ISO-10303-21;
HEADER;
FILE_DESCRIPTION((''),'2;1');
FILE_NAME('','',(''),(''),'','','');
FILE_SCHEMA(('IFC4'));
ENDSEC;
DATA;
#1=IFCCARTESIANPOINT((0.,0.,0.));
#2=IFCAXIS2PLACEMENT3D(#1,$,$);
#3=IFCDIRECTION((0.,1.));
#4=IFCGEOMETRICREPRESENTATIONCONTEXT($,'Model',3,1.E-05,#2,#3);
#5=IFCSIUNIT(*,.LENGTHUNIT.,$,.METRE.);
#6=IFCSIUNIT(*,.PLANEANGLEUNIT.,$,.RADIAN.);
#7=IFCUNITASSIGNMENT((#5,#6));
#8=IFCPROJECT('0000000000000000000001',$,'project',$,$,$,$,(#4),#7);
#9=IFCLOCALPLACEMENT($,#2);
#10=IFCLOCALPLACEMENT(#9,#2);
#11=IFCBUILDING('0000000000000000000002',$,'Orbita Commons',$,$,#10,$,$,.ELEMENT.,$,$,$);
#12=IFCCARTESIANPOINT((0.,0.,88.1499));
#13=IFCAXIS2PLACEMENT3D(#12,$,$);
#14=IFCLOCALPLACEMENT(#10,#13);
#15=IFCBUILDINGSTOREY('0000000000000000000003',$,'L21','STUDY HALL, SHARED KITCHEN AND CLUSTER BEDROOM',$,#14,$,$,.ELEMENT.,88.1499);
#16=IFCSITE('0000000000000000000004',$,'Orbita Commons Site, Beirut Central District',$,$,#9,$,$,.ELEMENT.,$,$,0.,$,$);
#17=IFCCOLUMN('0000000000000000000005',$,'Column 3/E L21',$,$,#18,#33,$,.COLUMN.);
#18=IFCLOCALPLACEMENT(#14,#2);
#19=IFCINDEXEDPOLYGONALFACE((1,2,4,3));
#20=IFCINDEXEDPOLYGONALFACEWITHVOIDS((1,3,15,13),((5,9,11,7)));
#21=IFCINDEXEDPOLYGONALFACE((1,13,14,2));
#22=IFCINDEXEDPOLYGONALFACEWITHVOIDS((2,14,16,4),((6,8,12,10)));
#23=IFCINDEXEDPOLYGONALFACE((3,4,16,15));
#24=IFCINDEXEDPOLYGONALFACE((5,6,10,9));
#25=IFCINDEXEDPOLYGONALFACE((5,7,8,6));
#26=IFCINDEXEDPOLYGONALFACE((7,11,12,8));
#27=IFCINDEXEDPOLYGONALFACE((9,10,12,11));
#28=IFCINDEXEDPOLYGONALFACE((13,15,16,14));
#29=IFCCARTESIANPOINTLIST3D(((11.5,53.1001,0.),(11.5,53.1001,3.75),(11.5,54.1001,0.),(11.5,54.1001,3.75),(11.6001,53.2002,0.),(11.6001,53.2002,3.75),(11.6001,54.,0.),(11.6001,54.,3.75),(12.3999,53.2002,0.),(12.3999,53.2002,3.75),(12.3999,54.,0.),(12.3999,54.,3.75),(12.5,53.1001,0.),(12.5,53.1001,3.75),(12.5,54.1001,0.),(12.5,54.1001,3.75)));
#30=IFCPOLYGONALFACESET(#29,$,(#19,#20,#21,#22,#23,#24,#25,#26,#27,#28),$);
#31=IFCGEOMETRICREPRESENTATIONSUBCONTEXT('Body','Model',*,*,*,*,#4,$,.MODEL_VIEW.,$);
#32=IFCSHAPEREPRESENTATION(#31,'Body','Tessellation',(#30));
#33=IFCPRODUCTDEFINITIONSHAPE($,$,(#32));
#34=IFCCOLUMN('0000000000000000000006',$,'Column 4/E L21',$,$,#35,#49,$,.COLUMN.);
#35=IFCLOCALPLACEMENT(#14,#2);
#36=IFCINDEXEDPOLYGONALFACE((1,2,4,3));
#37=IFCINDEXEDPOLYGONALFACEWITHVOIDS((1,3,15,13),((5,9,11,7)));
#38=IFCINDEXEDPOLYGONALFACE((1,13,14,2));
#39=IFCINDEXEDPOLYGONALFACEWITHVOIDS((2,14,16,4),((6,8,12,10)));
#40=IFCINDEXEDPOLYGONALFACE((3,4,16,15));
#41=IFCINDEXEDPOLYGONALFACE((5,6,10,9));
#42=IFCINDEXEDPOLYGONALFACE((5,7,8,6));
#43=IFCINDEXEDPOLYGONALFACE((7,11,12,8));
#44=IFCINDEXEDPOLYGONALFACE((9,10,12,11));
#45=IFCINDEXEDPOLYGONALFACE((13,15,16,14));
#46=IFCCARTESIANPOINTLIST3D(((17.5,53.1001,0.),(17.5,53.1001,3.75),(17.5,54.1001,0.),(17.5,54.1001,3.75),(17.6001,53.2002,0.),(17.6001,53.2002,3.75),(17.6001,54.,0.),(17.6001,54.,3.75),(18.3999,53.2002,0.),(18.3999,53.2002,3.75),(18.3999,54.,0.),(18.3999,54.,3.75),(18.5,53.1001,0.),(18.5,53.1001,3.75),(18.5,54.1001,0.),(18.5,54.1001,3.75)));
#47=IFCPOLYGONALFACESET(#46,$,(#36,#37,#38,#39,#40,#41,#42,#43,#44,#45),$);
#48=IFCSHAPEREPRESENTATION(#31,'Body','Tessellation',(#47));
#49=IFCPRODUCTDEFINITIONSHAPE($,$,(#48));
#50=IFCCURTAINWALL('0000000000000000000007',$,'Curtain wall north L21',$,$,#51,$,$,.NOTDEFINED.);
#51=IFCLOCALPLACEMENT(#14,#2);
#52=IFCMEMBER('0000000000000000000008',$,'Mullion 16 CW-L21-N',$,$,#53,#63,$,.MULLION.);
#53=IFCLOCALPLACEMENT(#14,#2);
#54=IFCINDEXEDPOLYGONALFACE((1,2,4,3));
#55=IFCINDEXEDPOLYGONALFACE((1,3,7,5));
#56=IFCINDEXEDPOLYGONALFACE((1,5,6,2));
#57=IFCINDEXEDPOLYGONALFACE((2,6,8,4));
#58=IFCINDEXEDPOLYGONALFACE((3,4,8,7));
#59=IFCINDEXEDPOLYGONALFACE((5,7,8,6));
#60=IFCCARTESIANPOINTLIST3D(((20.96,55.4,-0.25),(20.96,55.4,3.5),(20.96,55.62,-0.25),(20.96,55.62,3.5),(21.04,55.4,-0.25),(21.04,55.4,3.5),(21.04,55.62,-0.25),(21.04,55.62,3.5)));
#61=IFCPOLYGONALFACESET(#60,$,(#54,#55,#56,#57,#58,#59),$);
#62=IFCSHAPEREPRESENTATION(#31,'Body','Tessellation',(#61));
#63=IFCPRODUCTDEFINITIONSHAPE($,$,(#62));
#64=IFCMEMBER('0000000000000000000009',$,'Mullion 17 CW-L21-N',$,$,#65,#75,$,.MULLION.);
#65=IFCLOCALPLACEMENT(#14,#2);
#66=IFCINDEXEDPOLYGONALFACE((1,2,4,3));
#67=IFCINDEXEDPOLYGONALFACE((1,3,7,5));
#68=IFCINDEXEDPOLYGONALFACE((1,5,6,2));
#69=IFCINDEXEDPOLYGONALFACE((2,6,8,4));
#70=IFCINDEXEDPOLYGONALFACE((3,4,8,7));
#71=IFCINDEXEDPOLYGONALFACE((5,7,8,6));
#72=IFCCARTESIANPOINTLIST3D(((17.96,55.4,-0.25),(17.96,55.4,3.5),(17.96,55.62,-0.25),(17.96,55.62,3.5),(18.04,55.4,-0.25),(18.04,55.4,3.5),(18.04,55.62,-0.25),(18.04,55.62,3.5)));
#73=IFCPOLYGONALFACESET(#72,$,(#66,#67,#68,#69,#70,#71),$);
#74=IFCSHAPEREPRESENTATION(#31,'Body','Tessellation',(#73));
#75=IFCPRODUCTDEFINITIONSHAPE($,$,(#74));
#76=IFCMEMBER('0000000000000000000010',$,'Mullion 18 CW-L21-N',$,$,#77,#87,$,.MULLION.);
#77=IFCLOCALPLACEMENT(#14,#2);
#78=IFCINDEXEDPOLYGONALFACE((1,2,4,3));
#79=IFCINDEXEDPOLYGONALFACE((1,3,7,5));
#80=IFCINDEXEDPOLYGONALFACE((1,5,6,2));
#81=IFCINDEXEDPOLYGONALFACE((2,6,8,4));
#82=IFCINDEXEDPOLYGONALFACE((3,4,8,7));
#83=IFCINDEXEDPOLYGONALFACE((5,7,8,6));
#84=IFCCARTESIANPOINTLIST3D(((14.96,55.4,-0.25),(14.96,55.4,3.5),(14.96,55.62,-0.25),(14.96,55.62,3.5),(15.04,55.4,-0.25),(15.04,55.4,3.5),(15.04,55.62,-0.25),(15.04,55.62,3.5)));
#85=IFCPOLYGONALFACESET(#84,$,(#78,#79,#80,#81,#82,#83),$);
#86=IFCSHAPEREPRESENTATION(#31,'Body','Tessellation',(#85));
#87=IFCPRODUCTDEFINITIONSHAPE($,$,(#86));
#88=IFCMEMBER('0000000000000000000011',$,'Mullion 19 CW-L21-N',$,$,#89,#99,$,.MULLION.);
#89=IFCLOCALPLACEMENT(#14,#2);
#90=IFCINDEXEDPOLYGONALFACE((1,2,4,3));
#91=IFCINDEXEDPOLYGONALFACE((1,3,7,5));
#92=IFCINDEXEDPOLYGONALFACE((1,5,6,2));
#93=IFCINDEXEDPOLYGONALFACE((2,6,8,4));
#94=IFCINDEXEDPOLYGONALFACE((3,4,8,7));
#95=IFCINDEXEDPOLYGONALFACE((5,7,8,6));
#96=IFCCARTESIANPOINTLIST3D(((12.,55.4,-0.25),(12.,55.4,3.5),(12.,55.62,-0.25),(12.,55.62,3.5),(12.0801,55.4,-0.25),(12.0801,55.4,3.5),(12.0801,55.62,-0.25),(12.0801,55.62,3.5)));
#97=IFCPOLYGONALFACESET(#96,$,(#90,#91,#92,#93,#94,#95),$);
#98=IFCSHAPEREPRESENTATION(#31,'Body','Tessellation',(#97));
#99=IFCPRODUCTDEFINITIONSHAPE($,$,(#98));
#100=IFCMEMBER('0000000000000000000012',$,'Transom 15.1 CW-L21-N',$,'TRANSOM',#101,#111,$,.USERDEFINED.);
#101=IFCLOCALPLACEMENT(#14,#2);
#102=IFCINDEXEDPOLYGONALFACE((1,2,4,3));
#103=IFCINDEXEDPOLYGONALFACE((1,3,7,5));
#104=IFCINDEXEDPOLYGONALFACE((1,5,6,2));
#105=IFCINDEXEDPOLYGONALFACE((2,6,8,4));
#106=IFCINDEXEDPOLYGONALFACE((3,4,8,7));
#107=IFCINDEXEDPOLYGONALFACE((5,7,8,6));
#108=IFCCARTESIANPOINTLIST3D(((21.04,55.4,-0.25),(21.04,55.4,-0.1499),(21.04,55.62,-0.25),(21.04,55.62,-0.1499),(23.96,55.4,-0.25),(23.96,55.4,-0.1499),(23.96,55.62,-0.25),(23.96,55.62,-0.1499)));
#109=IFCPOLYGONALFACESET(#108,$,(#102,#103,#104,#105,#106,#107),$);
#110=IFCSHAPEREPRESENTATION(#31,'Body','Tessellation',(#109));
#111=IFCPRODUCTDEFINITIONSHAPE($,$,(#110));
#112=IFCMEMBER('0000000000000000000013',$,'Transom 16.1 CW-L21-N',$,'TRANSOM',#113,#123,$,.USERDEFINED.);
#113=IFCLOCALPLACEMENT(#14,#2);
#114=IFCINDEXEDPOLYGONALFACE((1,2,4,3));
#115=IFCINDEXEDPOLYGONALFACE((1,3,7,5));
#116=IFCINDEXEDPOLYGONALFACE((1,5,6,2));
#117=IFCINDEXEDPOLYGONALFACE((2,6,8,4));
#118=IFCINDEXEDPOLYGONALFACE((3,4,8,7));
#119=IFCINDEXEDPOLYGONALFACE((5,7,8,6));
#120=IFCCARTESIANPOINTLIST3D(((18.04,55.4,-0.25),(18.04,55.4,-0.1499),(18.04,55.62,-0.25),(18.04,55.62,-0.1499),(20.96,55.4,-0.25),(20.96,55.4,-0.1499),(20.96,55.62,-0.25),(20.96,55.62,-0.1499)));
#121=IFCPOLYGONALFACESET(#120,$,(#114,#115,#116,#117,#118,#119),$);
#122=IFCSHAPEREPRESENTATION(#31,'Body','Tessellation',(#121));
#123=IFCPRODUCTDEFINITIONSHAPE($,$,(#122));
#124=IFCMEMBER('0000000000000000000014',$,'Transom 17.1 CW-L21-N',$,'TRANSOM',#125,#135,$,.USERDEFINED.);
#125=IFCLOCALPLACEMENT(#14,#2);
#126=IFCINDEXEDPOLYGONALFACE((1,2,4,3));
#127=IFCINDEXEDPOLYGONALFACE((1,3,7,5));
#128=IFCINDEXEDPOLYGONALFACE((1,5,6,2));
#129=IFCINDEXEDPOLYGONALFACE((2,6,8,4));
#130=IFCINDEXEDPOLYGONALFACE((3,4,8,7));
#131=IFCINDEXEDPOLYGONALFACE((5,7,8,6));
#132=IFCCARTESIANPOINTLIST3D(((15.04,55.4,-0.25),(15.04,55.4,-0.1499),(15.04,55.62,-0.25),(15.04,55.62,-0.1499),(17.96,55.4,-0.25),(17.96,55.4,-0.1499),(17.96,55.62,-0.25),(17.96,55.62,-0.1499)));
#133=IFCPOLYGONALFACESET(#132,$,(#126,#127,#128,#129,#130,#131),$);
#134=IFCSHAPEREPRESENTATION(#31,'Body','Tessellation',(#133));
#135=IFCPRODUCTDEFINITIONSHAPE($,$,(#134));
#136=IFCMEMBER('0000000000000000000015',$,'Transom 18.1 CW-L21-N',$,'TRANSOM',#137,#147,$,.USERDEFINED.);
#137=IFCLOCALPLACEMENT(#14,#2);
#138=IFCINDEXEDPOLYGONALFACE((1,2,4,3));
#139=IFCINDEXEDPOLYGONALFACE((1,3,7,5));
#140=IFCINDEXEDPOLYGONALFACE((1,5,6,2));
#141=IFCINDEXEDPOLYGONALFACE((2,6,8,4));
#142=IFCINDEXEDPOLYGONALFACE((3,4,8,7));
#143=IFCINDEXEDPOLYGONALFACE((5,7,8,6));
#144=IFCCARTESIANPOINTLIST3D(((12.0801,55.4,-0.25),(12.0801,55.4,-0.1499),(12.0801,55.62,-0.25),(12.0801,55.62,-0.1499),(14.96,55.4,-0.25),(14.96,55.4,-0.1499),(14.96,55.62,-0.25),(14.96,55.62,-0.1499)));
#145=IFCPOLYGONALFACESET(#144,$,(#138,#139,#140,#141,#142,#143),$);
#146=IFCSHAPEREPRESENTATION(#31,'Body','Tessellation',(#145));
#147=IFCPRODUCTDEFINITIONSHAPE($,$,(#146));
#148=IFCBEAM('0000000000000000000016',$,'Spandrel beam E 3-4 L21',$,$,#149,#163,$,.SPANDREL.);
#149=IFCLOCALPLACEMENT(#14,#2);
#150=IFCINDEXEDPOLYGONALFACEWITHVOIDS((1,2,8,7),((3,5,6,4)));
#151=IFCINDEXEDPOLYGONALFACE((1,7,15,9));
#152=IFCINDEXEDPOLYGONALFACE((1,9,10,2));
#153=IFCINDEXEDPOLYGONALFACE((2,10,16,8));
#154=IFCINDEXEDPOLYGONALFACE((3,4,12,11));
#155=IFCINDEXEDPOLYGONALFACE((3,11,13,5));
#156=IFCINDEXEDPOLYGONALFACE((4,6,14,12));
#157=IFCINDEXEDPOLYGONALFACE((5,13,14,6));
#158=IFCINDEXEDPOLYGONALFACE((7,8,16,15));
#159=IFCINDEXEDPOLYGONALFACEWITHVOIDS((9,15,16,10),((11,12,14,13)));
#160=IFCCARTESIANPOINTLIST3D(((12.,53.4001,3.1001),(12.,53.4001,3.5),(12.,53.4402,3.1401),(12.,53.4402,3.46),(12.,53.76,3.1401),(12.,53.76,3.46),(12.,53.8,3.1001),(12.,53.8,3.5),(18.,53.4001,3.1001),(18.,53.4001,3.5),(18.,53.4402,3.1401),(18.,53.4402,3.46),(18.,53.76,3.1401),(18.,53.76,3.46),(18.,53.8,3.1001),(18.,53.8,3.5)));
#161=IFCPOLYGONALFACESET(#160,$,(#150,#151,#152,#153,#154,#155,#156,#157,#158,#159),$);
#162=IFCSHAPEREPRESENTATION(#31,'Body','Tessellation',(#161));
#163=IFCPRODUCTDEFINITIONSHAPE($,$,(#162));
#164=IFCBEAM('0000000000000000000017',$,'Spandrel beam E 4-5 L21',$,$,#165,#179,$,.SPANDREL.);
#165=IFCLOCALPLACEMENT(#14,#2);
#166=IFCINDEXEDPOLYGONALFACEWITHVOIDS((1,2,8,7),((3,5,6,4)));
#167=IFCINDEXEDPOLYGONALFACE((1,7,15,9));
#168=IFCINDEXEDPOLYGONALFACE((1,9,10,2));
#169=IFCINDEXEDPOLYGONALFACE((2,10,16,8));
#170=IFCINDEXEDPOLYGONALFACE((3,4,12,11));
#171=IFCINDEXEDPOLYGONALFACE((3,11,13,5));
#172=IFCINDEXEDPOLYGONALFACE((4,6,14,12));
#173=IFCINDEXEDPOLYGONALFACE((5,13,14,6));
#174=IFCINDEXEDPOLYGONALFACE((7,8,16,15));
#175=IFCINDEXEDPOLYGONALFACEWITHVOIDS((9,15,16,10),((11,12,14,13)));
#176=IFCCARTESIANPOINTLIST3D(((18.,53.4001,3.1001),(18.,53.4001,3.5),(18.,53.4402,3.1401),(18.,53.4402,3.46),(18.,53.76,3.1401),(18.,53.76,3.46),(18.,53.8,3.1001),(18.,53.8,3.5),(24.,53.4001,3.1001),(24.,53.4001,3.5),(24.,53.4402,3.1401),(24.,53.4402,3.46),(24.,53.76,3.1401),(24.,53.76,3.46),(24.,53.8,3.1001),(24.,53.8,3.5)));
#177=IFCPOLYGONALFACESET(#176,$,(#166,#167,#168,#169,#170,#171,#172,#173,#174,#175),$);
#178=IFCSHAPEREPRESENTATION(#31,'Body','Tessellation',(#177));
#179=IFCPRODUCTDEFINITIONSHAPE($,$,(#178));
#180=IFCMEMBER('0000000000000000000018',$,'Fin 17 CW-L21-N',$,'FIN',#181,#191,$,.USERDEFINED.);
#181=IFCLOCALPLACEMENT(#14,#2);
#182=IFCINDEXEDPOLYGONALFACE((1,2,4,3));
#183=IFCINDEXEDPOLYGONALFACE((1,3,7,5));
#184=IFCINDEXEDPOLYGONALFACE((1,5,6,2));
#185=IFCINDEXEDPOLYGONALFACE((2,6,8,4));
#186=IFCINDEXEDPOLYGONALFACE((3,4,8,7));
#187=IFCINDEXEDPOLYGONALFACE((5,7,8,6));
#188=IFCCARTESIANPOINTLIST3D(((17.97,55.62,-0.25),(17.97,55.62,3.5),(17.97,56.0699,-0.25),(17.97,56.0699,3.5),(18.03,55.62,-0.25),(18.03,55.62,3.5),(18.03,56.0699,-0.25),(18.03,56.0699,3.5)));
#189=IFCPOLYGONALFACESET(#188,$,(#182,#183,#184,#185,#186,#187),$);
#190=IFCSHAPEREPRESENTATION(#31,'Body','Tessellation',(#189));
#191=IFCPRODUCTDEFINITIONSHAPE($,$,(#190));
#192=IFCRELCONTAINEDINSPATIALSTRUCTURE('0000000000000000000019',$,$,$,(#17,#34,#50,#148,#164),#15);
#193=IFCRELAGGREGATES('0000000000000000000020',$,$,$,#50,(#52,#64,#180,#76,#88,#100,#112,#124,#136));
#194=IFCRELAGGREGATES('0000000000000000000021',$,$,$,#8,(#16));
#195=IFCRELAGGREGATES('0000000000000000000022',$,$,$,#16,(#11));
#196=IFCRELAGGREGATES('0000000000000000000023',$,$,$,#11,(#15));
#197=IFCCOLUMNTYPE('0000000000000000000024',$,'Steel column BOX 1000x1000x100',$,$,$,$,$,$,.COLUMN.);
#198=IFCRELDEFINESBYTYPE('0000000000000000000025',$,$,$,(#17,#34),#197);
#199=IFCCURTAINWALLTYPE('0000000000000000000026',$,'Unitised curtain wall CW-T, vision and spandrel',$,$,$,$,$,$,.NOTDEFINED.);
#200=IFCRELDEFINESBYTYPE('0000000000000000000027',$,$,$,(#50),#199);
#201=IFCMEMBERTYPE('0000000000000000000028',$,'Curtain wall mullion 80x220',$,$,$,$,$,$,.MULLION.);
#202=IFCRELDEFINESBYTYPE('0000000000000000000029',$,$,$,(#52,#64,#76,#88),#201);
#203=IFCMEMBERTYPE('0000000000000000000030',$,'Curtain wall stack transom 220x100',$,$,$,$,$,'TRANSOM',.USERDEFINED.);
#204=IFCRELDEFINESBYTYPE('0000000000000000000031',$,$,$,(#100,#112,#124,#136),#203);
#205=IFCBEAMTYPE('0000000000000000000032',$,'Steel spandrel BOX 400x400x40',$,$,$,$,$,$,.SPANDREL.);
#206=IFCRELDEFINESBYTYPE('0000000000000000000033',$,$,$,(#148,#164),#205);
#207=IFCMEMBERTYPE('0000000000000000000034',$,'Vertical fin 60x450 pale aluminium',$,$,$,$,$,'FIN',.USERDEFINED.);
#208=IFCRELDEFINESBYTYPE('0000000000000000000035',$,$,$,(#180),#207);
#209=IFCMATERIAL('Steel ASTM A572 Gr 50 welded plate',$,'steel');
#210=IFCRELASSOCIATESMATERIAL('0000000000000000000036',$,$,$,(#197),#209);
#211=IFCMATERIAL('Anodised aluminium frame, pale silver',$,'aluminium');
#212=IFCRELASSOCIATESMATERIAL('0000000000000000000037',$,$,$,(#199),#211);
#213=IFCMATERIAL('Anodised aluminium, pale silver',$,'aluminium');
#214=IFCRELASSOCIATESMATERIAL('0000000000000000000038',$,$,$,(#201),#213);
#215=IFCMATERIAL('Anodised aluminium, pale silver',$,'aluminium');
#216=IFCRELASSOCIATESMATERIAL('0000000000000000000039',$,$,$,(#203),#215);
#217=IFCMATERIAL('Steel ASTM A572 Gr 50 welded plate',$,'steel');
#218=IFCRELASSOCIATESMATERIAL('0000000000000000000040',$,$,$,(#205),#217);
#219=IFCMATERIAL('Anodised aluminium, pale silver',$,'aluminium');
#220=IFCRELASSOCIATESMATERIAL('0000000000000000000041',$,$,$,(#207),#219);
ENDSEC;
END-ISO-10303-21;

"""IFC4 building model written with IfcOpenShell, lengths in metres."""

from ifc_helpers import new_model, si_unit, direction, frame, origin, origin_2d, place, context, subcontext, project, spatial, rectangle, hollow_rectangle, extrude, material, material_profile, profile_set, type_object, element, aggregate, save


model = new_model("IFC4")

# Units and contexts
model_context = context("Model", 3, precision=1e-05, world=origin(), true_north=direction((0.0, 1.0)))
body_context = subcontext(model_context, "Body", "Model", "MODEL_VIEW")
ifc_project = project(units=[si_unit("LENGTHUNIT", "METRE"), si_unit("PLANEANGLEUNIT", "RADIAN")], contexts=[model_context])

# Site, building, storey
site_placement = place(None, origin())
site = spatial("IfcSite", under=ifc_project, at=site_placement, Name="Orbita Commons Site, Beirut Central District", CompositionType="ELEMENT", RefElevation=0.0)
building_placement = place(site_placement, origin())
building = spatial("IfcBuilding", under=site, at=building_placement, Name="Orbita Commons", CompositionType="ELEMENT")
storey_placement = place(building_placement, frame((0.0, 0.0, 88.1499)))
storey = spatial("IfcBuildingStorey", under=building, at=storey_placement, Name="L21", Description="STUDY HALL, SHARED KITCHEN AND CLUSTER BEDROOM", CompositionType="ELEMENT", Elevation=88.1499)

# Columns
ifc_material_1 = material(Name="Steel ASTM A572 Gr 50 welded plate", Category="steel")
ifc_material_profile_1 = material_profile(ifc_material_1, hollow_rectangle(XDim=1.0, YDim=1.0, WallThickness=0.1001, at=origin_2d()), Name="BOX 1000x1000x100")
ifc_profile_set_1 = profile_set([ifc_material_profile_1], Name="Steel ASTM A572 Gr 50 welded plate")
column_type = type_object("IfcColumnType", Name="Steel column BOX 1000x1000x100", PredefinedType="COLUMN", material=ifc_profile_set_1)
for number, where, z_axis, x_axis, name in (
    (1, (12.0, 53.6001, 0.0), (0.0, 0.0, 1.0), (1.0, 0.0, 0.0), "Column 3/E L21"),
    (2, (18.0, 53.6001, 0.0), (0.0, 0.0, 1.0), (1.0, 0.0, 0.0), "Column 4/E L21"),
):
    element("IfcColumn", number, at=place(storey_placement, frame(where, z_axis=z_axis, x_axis=x_axis)), inside=storey, type_object=column_type, Name=name, PredefinedType="COLUMN", context=body_context, shape_type="SweptSolid", body=[
        extrude(hollow_rectangle(XDim=1.0, YDim=1.0, WallThickness=0.1001, at=origin_2d()), origin(), (0.0, 0.0, 1.0), 3.75),
    ])

# Curtain wall, members
ifc_material_2 = material(Name="Anodised aluminium frame, pale silver", Category="aluminium")
curtain_wall_type = type_object("IfcCurtainWallType", Name="Unitised curtain wall CW-T, vision and spandrel", PredefinedType="NOTDEFINED", material=ifc_material_2)
curtain_wall_placement = place(storey_placement, origin())
curtain_wall = element("IfcCurtainWall", 3, at=curtain_wall_placement, inside=storey, type_object=curtain_wall_type, Name="Curtain wall north L21", PredefinedType="NOTDEFINED")
ifc_material_3 = material(Name="Anodised aluminium, pale silver", Category="aluminium")
ifc_material_profile_2 = material_profile(ifc_material_3, rectangle(XDim=0.0801, YDim=0.22, at=origin_2d()), Name="AL 80x220")
ifc_profile_set_2 = profile_set([ifc_material_profile_2], Name="Anodised aluminium, pale silver")
member_type_1 = type_object("IfcMemberType", Name="Curtain wall mullion 80x220", PredefinedType="MULLION", material=ifc_profile_set_2)
member_1_placement = place(storey_placement, frame((21.0, 55.51, -0.25), z_axis=(0.0, 0.0, 1.0), x_axis=(-1.0, 0.0, 0.0)))
member_1 = element("IfcMember", 4, at=member_1_placement, type_object=member_type_1, Name="Mullion 16 CW-L21-N", PredefinedType="MULLION", context=body_context, shape_type="SweptSolid", body=[
    extrude(rectangle(XDim=0.0801, YDim=0.22, at=origin_2d()), origin(), (0.0, 0.0, 1.0), 3.75),
])
member_2_placement = place(storey_placement, frame((18.0, 55.51, -0.25), z_axis=(0.0, 0.0, 1.0), x_axis=(-1.0, 0.0, 0.0)))
member_2 = element("IfcMember", 5, at=member_2_placement, type_object=member_type_1, Name="Mullion 17 CW-L21-N", PredefinedType="MULLION", context=body_context, shape_type="SweptSolid", body=[
    extrude(rectangle(XDim=0.0801, YDim=0.22, at=origin_2d()), origin(), (0.0, 0.0, 1.0), 3.75),
])
member_3_placement = place(storey_placement, frame((15.0, 55.51, -0.25), z_axis=(0.0, 0.0, 1.0), x_axis=(-1.0, 0.0, 0.0)))
member_3 = element("IfcMember", 6, at=member_3_placement, type_object=member_type_1, Name="Mullion 18 CW-L21-N", PredefinedType="MULLION", context=body_context, shape_type="SweptSolid", body=[
    extrude(rectangle(XDim=0.0801, YDim=0.22, at=origin_2d()), origin(), (0.0, 0.0, 1.0), 3.75),
])
member_4_placement = place(storey_placement, frame((12.04, 55.51, -0.25), z_axis=(0.0, 0.0, 1.0), x_axis=(-1.0, 0.0, 0.0)))
member_4 = element("IfcMember", 7, at=member_4_placement, type_object=member_type_1, Name="Mullion 19 CW-L21-N", PredefinedType="MULLION", context=body_context, shape_type="SweptSolid", body=[
    extrude(rectangle(XDim=0.0801, YDim=0.22, at=origin_2d()), origin(), (0.0, 0.0, 1.0), 3.75),
])
ifc_material_4 = material(Name="Anodised aluminium, pale silver", Category="aluminium")
ifc_material_profile_3 = material_profile(ifc_material_4, rectangle(XDim=0.22, YDim=0.1001, at=origin_2d()), Name="AL 220x100")
ifc_profile_set_3 = profile_set([ifc_material_profile_3], Name="Anodised aluminium, pale silver")
member_type_2 = type_object("IfcMemberType", Name="Curtain wall stack transom 220x100", ElementType="TRANSOM", PredefinedType="USERDEFINED", material=ifc_profile_set_3)
member_5_placement = place(storey_placement, frame((23.96, 55.51, -0.2), z_axis=(-1.0, 0.0, 0.0), x_axis=(0.0, -1.0, 0.0)))
member_5 = element("IfcMember", 8, at=member_5_placement, type_object=member_type_2, Name="Transom 15.1 CW-L21-N", ObjectType="TRANSOM", PredefinedType="USERDEFINED", context=body_context, shape_type="SweptSolid", body=[
    extrude(rectangle(XDim=0.22, YDim=0.1001, at=origin_2d()), origin(), (0.0, 0.0, 1.0), 2.9199),
])
member_6_placement = place(storey_placement, frame((20.96, 55.51, -0.2), z_axis=(-1.0, 0.0, 0.0), x_axis=(0.0, -1.0, 0.0)))
member_6 = element("IfcMember", 9, at=member_6_placement, type_object=member_type_2, Name="Transom 16.1 CW-L21-N", ObjectType="TRANSOM", PredefinedType="USERDEFINED", context=body_context, shape_type="SweptSolid", body=[
    extrude(rectangle(XDim=0.22, YDim=0.1001, at=origin_2d()), origin(), (0.0, 0.0, 1.0), 2.9199),
])
member_7_placement = place(storey_placement, frame((17.96, 55.51, -0.2), z_axis=(-1.0, 0.0, 0.0), x_axis=(0.0, -1.0, 0.0)))
member_7 = element("IfcMember", 10, at=member_7_placement, type_object=member_type_2, Name="Transom 17.1 CW-L21-N", ObjectType="TRANSOM", PredefinedType="USERDEFINED", context=body_context, shape_type="SweptSolid", body=[
    extrude(rectangle(XDim=0.22, YDim=0.1001, at=origin_2d()), origin(), (0.0, 0.0, 1.0), 2.9199),
])
member_8_placement = place(storey_placement, frame((14.96, 55.51, -0.2), z_axis=(-1.0, 0.0, 0.0), x_axis=(0.0, -1.0, 0.0)))
member_8 = element("IfcMember", 11, at=member_8_placement, type_object=member_type_2, Name="Transom 18.1 CW-L21-N", ObjectType="TRANSOM", PredefinedType="USERDEFINED", context=body_context, shape_type="SweptSolid", body=[
    extrude(rectangle(XDim=0.22, YDim=0.1001, at=origin_2d()), origin(), (0.0, 0.0, 1.0), 2.8799),
])

# Beams
ifc_material_5 = material(Name="Steel ASTM A572 Gr 50 welded plate", Category="steel")
ifc_material_profile_4 = material_profile(ifc_material_5, hollow_rectangle(XDim=0.3999, YDim=0.3999, WallThickness=0.04, at=origin_2d()), Name="BOX 400x400x40")
ifc_profile_set_4 = profile_set([ifc_material_profile_4], Name="Steel ASTM A572 Gr 50 welded plate")
beam_type = type_object("IfcBeamType", Name="Steel spandrel BOX 400x400x40", PredefinedType="SPANDREL", material=ifc_profile_set_4)
for number, where, z_axis, x_axis, name in (
    (12, (12.0, 53.6001, 3.3), (1.0, 0.0, 0.0), (0.0, 1.0, 0.0), "Spandrel beam E 3-4 L21"),
    (13, (18.0, 53.6001, 3.3), (1.0, 0.0, 0.0), (0.0, 1.0, 0.0), "Spandrel beam E 4-5 L21"),
):
    element("IfcBeam", number, at=place(storey_placement, frame(where, z_axis=z_axis, x_axis=x_axis)), inside=storey, type_object=beam_type, Name=name, PredefinedType="SPANDREL", context=body_context, shape_type="SweptSolid", body=[
        extrude(hollow_rectangle(XDim=0.3999, YDim=0.3999, WallThickness=0.04, at=origin_2d()), origin(), (0.0, 0.0, 1.0), 6.0),
    ])

# Member
ifc_material_6 = material(Name="Anodised aluminium, pale silver", Category="aluminium")
ifc_material_profile_5 = material_profile(ifc_material_6, rectangle(XDim=0.0601, YDim=0.45, at=origin_2d()), Name="FIN 60x450")
ifc_profile_set_5 = profile_set([ifc_material_profile_5], Name="Anodised aluminium, pale silver")
member_type_3 = type_object("IfcMemberType", Name="Vertical fin 60x450 pale aluminium", ElementType="FIN", PredefinedType="USERDEFINED", material=ifc_profile_set_5)
member_9_placement = place(storey_placement, frame((18.0, 55.845, -0.25), z_axis=(0.0, 0.0, 1.0), x_axis=(-1.0, 0.0, 0.0)))
member_9 = element("IfcMember", 14, at=member_9_placement, type_object=member_type_3, Name="Fin 17 CW-L21-N", ObjectType="FIN", PredefinedType="USERDEFINED", context=body_context, shape_type="SweptSolid", body=[
    extrude(rectangle(XDim=0.0601, YDim=0.45, at=origin_2d()), origin(), (0.0, 0.0, 1.0), 3.75),
])

aggregate(curtain_wall, [member_1, member_2, member_9, member_3, member_4, member_5, member_6, member_7, member_8])

save(model, "model.ifc")
